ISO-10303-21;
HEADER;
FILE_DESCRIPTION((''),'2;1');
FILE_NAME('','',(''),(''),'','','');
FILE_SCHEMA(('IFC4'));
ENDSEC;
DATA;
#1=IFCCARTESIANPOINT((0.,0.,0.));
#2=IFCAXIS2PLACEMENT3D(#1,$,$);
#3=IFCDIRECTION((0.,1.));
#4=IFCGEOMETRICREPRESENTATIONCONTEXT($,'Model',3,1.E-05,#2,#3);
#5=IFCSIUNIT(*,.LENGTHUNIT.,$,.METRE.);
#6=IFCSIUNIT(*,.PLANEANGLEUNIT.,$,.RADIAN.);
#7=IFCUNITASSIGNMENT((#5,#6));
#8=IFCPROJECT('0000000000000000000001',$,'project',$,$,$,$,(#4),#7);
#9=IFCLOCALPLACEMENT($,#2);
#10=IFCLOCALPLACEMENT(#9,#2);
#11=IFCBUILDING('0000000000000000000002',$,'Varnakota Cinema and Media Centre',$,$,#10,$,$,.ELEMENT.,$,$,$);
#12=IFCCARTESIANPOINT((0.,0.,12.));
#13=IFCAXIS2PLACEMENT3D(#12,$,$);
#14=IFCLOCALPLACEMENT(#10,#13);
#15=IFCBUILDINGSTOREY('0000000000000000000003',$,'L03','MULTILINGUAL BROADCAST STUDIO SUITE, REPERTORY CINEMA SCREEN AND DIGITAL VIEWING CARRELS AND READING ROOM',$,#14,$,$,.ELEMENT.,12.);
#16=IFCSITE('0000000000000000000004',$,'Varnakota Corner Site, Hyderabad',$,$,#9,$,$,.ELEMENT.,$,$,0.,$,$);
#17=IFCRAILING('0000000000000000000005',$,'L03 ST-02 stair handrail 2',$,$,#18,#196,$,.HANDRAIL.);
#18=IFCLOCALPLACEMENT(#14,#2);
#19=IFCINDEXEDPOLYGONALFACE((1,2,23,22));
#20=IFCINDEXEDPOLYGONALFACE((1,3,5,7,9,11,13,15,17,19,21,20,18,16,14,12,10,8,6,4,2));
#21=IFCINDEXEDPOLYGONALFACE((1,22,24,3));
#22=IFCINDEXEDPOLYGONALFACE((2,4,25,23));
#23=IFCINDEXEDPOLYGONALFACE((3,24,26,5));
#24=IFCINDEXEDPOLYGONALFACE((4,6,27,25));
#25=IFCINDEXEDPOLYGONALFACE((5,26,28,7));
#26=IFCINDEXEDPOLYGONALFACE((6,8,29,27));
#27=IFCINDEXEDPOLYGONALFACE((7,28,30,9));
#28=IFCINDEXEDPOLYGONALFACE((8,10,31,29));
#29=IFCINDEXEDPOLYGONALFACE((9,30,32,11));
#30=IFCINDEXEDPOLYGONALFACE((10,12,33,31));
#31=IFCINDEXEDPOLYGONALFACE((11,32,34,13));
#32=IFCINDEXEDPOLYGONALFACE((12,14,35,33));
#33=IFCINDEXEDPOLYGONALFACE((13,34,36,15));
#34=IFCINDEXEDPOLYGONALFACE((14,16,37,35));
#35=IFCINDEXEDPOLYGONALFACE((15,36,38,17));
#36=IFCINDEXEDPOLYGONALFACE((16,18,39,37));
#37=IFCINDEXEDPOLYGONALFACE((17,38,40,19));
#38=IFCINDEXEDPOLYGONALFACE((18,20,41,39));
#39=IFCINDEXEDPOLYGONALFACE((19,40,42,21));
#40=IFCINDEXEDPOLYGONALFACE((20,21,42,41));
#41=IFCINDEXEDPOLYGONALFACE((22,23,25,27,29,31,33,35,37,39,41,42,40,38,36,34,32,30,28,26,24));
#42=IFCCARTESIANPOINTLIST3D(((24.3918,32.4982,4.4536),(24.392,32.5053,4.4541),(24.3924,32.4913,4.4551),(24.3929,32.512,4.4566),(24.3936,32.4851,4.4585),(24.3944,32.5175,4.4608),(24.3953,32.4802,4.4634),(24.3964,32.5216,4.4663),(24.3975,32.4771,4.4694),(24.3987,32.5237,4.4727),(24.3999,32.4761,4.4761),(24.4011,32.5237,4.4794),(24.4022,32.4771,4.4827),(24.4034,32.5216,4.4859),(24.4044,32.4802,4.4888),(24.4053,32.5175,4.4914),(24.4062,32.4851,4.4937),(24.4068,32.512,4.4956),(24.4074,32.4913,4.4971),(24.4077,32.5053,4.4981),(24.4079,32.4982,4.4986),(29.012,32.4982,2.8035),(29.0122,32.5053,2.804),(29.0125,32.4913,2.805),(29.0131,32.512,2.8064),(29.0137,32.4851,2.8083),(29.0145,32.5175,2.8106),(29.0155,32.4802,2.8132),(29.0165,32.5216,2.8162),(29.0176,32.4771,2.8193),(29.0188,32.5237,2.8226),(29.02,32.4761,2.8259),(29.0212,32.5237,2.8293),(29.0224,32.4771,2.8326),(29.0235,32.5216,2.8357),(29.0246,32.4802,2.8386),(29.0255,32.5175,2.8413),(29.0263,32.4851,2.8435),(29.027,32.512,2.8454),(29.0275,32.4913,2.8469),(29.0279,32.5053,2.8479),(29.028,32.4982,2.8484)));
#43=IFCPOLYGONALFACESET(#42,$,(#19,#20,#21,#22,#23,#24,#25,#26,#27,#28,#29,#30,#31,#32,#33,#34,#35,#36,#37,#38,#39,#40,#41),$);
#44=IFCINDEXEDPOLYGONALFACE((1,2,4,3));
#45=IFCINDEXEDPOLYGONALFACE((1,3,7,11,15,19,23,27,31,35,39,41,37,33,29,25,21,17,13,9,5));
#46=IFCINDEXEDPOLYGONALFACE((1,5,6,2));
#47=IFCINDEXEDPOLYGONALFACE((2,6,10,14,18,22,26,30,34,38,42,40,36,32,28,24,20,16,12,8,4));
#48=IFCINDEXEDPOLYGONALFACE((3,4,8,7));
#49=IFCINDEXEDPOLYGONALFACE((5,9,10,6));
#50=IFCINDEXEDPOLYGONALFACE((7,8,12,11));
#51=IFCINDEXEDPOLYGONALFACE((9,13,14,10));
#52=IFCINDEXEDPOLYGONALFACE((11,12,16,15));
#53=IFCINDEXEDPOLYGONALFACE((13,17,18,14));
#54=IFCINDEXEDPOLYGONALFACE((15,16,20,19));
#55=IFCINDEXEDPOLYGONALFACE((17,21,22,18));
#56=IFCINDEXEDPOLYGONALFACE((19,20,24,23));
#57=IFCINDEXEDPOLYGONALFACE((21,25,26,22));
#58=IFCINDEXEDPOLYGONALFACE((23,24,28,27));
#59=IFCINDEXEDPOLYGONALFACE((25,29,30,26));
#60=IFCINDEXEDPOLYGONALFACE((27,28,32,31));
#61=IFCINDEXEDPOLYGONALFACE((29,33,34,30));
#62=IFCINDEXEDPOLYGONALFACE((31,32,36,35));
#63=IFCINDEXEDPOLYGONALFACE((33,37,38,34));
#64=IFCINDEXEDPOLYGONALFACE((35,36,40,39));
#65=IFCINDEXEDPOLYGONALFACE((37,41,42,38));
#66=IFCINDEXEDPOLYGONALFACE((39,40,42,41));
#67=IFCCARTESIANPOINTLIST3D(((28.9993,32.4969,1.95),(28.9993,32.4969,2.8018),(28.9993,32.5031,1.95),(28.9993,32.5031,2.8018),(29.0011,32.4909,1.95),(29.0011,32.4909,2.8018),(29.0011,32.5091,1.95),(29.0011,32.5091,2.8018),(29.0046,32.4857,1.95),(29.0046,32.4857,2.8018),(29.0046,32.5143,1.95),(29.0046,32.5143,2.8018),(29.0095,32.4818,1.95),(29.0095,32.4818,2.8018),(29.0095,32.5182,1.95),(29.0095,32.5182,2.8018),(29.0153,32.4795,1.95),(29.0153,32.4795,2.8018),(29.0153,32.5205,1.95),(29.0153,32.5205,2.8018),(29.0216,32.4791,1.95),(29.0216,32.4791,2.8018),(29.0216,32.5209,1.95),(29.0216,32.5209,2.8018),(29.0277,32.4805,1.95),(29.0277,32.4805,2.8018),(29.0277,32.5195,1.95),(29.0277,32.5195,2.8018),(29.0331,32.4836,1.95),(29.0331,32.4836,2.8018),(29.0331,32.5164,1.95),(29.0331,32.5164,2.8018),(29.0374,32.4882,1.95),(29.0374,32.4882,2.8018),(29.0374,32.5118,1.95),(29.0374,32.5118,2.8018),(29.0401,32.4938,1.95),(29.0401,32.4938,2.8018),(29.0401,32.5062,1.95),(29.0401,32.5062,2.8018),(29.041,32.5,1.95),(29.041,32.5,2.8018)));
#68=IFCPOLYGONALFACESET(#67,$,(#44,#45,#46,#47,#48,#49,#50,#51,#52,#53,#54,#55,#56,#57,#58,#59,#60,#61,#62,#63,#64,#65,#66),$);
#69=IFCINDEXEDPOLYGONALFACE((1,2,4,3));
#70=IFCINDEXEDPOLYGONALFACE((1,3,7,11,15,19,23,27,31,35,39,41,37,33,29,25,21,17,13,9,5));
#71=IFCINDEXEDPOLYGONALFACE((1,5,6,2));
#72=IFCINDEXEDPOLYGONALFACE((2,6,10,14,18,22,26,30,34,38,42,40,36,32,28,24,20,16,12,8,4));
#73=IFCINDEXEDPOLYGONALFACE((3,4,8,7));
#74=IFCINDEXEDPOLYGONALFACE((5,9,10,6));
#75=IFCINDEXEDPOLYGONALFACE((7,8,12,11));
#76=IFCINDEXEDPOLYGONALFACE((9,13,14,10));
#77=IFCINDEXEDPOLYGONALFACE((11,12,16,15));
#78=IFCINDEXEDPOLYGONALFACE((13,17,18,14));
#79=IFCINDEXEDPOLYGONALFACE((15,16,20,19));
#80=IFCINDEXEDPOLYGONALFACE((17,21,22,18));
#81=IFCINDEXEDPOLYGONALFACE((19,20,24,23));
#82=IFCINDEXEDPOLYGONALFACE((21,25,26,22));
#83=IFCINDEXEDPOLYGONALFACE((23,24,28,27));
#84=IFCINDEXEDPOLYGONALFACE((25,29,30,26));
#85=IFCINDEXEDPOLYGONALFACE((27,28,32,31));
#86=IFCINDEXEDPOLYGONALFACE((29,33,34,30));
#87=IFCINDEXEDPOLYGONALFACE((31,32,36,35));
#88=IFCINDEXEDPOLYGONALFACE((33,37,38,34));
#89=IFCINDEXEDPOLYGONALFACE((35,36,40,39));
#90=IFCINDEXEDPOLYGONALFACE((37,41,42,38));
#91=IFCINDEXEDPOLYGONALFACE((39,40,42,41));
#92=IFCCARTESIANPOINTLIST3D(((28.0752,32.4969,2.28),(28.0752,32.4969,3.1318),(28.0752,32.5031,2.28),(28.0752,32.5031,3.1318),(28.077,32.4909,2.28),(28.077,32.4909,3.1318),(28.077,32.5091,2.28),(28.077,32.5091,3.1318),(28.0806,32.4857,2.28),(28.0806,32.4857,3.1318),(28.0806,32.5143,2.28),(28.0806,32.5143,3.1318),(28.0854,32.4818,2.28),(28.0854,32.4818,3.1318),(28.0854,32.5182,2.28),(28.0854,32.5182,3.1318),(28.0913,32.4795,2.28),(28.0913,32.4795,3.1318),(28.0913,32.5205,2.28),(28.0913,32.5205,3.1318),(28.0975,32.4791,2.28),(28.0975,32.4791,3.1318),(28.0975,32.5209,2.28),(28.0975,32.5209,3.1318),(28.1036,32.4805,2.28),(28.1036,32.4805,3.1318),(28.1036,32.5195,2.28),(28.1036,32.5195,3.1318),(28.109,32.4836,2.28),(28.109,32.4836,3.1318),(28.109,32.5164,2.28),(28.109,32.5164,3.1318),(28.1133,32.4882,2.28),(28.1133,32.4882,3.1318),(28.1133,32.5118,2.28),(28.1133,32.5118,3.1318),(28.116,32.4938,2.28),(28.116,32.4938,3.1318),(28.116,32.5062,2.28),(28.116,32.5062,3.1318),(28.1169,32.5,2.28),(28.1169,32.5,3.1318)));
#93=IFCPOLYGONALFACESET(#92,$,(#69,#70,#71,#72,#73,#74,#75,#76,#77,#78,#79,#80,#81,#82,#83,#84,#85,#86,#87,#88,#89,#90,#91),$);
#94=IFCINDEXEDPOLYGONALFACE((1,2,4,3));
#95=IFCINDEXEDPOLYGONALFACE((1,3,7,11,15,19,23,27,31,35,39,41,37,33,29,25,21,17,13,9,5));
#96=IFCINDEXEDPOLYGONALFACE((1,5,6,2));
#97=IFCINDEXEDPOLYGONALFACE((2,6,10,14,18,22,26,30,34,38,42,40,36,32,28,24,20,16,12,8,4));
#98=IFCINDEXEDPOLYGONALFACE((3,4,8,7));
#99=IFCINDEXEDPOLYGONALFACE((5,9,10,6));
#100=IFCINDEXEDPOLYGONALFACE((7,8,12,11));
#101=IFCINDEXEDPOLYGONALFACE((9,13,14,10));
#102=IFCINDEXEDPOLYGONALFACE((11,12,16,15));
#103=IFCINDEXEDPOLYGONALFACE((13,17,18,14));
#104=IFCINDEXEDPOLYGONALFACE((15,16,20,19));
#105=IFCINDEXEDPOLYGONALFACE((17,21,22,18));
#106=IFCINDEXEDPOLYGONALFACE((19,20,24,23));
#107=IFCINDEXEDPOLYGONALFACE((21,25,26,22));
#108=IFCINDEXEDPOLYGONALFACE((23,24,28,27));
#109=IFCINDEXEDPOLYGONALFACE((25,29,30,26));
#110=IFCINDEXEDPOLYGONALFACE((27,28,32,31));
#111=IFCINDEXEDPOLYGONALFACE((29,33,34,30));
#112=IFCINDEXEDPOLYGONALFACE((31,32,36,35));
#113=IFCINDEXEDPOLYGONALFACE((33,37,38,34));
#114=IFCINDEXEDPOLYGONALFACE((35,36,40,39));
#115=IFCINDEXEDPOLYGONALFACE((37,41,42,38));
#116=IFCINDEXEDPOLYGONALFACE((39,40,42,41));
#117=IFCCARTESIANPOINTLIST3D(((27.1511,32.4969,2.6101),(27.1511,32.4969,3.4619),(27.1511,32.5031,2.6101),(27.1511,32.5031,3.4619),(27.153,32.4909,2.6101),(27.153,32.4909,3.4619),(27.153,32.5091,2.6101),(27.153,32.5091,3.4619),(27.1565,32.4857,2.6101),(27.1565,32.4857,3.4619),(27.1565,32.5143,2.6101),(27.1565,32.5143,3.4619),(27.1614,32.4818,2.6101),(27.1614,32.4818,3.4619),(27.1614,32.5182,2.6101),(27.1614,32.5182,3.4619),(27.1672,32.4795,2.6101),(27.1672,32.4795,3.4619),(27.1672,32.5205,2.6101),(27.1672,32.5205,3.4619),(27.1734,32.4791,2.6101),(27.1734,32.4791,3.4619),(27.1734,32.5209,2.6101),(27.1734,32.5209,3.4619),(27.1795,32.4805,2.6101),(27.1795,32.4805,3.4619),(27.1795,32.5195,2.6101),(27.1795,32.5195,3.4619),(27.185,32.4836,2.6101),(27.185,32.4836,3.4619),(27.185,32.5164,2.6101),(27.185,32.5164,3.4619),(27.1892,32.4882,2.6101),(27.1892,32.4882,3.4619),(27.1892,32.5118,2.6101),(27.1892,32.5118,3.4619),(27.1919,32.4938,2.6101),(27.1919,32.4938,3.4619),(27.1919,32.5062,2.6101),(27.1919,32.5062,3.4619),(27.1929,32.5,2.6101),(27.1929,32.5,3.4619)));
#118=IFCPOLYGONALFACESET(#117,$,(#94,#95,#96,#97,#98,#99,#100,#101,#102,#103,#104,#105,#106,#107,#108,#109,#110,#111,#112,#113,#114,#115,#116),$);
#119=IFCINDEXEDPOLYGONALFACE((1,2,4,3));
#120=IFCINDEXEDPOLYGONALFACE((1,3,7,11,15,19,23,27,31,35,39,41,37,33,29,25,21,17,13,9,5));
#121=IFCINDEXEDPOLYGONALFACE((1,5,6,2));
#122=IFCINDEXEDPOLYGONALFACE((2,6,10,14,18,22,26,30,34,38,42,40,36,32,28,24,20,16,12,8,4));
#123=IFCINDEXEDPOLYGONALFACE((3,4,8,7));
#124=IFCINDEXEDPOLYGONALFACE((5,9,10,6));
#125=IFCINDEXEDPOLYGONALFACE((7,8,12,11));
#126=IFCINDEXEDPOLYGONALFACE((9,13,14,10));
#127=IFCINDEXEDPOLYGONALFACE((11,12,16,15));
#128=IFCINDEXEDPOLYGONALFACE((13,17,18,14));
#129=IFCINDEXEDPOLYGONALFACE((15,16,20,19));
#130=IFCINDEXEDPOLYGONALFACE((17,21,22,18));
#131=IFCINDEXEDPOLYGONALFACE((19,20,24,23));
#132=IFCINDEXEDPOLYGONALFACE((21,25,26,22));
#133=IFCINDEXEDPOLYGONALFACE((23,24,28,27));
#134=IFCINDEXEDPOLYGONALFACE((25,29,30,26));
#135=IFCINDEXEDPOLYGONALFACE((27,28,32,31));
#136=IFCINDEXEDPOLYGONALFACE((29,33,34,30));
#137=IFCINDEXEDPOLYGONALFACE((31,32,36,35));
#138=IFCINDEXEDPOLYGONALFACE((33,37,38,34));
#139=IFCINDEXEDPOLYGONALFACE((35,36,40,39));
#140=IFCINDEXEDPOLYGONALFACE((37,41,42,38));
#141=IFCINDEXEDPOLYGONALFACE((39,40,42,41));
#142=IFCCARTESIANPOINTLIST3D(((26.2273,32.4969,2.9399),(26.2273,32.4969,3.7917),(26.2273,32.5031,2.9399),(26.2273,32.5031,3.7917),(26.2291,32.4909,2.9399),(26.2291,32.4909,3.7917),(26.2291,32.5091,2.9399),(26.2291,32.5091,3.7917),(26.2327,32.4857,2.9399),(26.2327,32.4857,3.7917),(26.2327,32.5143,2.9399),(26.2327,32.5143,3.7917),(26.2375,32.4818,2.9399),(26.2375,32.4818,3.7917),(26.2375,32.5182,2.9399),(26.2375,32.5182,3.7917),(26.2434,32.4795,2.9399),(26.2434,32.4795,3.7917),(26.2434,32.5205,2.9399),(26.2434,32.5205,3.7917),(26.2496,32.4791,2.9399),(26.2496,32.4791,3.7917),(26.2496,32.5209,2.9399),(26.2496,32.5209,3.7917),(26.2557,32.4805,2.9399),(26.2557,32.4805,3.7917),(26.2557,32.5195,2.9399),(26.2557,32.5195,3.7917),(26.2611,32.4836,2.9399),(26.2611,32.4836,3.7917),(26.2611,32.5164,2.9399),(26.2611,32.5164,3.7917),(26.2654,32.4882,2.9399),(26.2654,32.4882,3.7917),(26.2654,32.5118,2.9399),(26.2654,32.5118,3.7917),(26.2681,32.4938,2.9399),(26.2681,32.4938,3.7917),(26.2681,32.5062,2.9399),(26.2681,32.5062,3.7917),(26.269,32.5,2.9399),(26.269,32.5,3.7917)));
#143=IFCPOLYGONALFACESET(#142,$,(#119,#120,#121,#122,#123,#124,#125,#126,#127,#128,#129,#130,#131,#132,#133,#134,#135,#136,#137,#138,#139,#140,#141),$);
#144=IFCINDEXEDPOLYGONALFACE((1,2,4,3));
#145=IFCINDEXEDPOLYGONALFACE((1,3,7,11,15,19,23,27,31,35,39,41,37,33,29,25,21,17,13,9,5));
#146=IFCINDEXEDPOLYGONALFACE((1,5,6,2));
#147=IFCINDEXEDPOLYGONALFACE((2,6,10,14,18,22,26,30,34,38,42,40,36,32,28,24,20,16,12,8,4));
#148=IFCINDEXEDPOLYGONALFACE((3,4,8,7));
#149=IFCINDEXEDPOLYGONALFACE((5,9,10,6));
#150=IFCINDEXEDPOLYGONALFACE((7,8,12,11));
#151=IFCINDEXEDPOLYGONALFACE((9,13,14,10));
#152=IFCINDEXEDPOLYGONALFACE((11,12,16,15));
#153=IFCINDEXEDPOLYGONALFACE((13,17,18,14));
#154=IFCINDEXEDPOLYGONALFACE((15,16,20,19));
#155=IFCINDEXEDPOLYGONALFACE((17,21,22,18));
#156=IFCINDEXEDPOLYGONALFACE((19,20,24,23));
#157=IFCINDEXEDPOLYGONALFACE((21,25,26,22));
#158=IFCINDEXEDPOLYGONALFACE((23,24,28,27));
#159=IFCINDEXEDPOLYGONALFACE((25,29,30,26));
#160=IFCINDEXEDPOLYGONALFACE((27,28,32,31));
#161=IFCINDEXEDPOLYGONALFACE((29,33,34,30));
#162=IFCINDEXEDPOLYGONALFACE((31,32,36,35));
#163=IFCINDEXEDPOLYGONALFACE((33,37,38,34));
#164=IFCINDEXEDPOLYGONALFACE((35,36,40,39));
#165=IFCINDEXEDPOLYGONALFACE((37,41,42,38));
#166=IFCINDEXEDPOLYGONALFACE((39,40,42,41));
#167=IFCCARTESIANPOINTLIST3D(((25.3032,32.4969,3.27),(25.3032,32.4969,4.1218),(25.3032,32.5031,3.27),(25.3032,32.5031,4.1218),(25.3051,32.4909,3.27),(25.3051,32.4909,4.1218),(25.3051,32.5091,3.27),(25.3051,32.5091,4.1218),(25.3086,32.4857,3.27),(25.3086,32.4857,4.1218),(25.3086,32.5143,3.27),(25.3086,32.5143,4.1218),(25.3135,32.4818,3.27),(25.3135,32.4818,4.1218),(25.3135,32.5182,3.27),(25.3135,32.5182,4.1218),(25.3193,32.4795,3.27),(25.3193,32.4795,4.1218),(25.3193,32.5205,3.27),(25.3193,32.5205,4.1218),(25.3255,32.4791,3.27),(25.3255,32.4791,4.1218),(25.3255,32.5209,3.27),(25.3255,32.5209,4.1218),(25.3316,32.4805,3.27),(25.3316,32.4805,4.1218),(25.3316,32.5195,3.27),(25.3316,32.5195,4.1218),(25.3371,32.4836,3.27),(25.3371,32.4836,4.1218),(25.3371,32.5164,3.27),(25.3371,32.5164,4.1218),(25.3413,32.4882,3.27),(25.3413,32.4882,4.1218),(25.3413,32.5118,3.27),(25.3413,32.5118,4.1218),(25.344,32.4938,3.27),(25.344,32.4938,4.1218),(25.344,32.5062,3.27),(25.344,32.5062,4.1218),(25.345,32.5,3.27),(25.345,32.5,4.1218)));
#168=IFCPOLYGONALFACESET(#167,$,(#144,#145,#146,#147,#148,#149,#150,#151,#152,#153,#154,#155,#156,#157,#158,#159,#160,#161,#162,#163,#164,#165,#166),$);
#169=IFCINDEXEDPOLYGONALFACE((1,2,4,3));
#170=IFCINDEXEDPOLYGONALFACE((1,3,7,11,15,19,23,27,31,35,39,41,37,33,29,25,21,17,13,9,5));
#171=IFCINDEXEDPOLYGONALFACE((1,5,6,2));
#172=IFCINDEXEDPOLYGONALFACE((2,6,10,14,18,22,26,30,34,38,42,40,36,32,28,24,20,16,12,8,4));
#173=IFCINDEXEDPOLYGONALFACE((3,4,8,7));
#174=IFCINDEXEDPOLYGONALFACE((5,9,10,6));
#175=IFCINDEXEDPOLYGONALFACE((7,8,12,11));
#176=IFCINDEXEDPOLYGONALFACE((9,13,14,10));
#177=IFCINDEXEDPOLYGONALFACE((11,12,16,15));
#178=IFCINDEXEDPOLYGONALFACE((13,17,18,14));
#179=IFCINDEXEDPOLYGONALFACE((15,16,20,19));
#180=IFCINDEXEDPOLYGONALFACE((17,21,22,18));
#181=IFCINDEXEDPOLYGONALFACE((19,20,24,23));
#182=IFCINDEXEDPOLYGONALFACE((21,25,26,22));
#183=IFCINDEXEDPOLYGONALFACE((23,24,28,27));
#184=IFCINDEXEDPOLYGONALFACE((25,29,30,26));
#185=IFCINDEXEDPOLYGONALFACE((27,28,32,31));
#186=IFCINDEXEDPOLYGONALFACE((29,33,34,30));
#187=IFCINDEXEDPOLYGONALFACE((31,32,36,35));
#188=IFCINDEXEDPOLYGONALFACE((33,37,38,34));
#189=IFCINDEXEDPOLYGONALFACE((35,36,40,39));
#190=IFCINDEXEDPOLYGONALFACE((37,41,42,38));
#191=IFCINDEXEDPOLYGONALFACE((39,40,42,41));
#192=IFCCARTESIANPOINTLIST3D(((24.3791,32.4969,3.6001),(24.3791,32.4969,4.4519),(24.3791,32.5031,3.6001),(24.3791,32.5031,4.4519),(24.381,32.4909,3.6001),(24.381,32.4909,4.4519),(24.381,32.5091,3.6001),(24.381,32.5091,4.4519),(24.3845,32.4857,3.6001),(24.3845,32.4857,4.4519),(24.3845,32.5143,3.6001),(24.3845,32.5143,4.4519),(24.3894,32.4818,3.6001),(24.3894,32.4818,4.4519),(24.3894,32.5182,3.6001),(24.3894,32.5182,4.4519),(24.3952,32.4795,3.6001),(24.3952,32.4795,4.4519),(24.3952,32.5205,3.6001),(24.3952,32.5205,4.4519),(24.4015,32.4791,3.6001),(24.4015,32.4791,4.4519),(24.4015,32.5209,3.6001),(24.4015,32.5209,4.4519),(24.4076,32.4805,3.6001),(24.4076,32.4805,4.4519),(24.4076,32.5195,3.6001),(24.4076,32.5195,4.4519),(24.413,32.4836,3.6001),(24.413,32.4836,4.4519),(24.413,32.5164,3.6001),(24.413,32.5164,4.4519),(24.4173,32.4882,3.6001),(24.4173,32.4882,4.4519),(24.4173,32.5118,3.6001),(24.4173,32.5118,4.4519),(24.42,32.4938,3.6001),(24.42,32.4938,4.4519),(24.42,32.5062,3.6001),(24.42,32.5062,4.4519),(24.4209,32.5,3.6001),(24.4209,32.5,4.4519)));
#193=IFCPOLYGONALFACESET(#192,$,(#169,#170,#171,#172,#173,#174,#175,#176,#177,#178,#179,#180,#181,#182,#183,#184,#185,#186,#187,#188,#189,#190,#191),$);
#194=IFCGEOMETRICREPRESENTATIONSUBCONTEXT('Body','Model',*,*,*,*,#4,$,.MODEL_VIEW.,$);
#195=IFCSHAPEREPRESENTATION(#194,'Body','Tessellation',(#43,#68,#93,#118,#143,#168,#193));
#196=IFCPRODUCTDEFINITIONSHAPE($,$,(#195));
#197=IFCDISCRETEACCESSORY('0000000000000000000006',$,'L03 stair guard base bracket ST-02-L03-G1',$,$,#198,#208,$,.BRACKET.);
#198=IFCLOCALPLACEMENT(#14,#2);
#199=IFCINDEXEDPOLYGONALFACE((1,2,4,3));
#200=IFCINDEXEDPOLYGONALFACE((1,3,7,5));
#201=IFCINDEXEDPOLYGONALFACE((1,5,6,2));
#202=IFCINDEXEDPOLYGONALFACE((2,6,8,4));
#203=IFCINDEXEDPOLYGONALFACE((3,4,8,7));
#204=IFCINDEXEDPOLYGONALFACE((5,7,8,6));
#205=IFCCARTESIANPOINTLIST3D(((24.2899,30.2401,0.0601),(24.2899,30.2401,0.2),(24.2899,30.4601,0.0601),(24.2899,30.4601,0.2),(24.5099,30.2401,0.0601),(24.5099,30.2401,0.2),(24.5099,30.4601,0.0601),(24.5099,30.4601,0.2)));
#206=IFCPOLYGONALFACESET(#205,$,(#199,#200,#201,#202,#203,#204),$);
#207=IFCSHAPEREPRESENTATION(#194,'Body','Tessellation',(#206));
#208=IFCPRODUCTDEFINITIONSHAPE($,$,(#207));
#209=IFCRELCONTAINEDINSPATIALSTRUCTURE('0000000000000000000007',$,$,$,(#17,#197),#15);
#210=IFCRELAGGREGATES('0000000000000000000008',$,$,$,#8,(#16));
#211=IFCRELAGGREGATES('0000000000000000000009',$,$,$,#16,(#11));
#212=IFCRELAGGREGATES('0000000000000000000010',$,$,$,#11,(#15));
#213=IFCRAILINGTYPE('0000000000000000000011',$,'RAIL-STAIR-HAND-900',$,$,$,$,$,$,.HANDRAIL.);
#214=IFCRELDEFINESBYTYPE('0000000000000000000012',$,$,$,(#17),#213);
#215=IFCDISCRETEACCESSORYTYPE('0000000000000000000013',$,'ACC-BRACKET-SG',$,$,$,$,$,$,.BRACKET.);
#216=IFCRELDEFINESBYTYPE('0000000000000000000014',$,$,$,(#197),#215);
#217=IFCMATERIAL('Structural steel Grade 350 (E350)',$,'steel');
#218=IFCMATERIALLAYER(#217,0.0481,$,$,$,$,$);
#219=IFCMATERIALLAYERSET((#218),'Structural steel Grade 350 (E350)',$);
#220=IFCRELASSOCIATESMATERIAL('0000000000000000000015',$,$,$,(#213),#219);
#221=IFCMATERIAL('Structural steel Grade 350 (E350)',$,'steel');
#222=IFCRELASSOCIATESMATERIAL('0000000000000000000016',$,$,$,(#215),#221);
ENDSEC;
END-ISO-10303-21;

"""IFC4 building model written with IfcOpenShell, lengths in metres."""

from ifc_helpers import new_model, si_unit, direction, frame, origin, origin_2d, place, context, subcontext, project, spatial, rectangle, circle, extrude, material, layer, layer_set, type_object, element, save


model = new_model("IFC4")

# Units and contexts
model_context = context("Model", 3, precision=1e-05, world=origin(), true_north=direction((0.0, 1.0)))
body_context = subcontext(model_context, "Body", "Model", "MODEL_VIEW")
ifc_project = project(units=[si_unit("LENGTHUNIT", "METRE"), si_unit("PLANEANGLEUNIT", "RADIAN")], contexts=[model_context])

# Site, building, storey
site_placement = place(None, origin())
site = spatial("IfcSite", under=ifc_project, at=site_placement, Name="Varnakota Corner Site, Hyderabad", CompositionType="ELEMENT", RefElevation=0.0)
building_placement = place(site_placement, origin())
building = spatial("IfcBuilding", under=site, at=building_placement, Name="Varnakota Cinema and Media Centre", CompositionType="ELEMENT")
storey_placement = place(building_placement, frame((0.0, 0.0, 12.0)))
storey = spatial("IfcBuildingStorey", under=building, at=storey_placement, Name="L03", Description="MULTILINGUAL BROADCAST STUDIO SUITE, REPERTORY CINEMA SCREEN AND DIGITAL VIEWING CARRELS AND READING ROOM", CompositionType="ELEMENT", Elevation=12.0)

# Railing
ifc_material_1 = material(Name="Structural steel Grade 350 (E350)", Category="steel")
ifc_layer_1 = layer(ifc_material_1, 0.0481)
ifc_layer_set_1 = layer_set([ifc_layer_1], Name="Structural steel Grade 350 (E350)")
railing_type_1 = type_object("IfcRailingType", Name="RAIL-STAIR-HAND-900", PredefinedType="HANDRAIL", material=ifc_layer_set_1)
railing_1_placement = place(storey_placement, frame((29.02, 32.5, 1.95)))
element("IfcRailing", 1, at=railing_1_placement, inside=storey, type_object=railing_type_1, Name="L03 ST-02 stair handrail 2", PredefinedType="HANDRAIL", context=body_context, shape_type="SweptSolid", body=[
    extrude(circle(Radius=0.0239, at=origin_2d()), frame((0.0, 0.0, 0.876), z_axis=(-0.941735, 0.0, 0.336355), x_axis=(0.0, -1.0, 0.0)), (0.0, 0.0, 1.0), 4.906),
    extrude(circle(Radius=0.021, at=origin_2d()), origin(), (0.0, 0.0, 1.0), 0.8518),
    extrude(circle(Radius=0.021, at=origin_2d()), frame((-0.9241, 0.0, 0.3301)), (0.0, 0.0, 1.0), 0.8518),
    extrude(circle(Radius=0.021, at=origin_2d()), frame((-1.8481, 0.0, 0.6602)), (0.0, 0.0, 1.0), 0.8518),
    extrude(circle(Radius=0.021, at=origin_2d()), frame((-2.772, 0.0, 0.99)), (0.0, 0.0, 1.0), 0.8518),
    extrude(circle(Radius=0.021, at=origin_2d()), frame((-3.696, 0.0, 1.3201)), (0.0, 0.0, 1.0), 0.8518),
    extrude(circle(Radius=0.021, at=origin_2d()), frame((-4.6201, 0.0, 1.6501)), (0.0, 0.0, 1.0), 0.8518),
])

# Discrete accessory
ifc_material_2 = material(Name="Structural steel Grade 350 (E350)", Category="steel")
discrete_accessory_type = type_object("IfcDiscreteAccessoryType", Name="ACC-BRACKET-SG", PredefinedType="BRACKET", material=ifc_material_2)
for number, where, z_axis, x_axis, name in (
    (2, (24.3999, 30.3501, 0.0601), (0.0, 0.0, 1.0), (1.0, 0.0, 0.0), "L03 stair guard base bracket ST-02-L03-G1"),
):
    element("IfcDiscreteAccessory", number, at=place(storey_placement, frame(where, z_axis=z_axis, x_axis=x_axis)), inside=storey, type_object=discrete_accessory_type, Name=name, PredefinedType="BRACKET", context=body_context, shape_type="SweptSolid", body=[
        extrude(rectangle(XDim=0.22, YDim=0.22, at=origin_2d()), origin(), (0.0, 0.0, 1.0), 0.1399),
    ])

save(model, "model.ifc")
